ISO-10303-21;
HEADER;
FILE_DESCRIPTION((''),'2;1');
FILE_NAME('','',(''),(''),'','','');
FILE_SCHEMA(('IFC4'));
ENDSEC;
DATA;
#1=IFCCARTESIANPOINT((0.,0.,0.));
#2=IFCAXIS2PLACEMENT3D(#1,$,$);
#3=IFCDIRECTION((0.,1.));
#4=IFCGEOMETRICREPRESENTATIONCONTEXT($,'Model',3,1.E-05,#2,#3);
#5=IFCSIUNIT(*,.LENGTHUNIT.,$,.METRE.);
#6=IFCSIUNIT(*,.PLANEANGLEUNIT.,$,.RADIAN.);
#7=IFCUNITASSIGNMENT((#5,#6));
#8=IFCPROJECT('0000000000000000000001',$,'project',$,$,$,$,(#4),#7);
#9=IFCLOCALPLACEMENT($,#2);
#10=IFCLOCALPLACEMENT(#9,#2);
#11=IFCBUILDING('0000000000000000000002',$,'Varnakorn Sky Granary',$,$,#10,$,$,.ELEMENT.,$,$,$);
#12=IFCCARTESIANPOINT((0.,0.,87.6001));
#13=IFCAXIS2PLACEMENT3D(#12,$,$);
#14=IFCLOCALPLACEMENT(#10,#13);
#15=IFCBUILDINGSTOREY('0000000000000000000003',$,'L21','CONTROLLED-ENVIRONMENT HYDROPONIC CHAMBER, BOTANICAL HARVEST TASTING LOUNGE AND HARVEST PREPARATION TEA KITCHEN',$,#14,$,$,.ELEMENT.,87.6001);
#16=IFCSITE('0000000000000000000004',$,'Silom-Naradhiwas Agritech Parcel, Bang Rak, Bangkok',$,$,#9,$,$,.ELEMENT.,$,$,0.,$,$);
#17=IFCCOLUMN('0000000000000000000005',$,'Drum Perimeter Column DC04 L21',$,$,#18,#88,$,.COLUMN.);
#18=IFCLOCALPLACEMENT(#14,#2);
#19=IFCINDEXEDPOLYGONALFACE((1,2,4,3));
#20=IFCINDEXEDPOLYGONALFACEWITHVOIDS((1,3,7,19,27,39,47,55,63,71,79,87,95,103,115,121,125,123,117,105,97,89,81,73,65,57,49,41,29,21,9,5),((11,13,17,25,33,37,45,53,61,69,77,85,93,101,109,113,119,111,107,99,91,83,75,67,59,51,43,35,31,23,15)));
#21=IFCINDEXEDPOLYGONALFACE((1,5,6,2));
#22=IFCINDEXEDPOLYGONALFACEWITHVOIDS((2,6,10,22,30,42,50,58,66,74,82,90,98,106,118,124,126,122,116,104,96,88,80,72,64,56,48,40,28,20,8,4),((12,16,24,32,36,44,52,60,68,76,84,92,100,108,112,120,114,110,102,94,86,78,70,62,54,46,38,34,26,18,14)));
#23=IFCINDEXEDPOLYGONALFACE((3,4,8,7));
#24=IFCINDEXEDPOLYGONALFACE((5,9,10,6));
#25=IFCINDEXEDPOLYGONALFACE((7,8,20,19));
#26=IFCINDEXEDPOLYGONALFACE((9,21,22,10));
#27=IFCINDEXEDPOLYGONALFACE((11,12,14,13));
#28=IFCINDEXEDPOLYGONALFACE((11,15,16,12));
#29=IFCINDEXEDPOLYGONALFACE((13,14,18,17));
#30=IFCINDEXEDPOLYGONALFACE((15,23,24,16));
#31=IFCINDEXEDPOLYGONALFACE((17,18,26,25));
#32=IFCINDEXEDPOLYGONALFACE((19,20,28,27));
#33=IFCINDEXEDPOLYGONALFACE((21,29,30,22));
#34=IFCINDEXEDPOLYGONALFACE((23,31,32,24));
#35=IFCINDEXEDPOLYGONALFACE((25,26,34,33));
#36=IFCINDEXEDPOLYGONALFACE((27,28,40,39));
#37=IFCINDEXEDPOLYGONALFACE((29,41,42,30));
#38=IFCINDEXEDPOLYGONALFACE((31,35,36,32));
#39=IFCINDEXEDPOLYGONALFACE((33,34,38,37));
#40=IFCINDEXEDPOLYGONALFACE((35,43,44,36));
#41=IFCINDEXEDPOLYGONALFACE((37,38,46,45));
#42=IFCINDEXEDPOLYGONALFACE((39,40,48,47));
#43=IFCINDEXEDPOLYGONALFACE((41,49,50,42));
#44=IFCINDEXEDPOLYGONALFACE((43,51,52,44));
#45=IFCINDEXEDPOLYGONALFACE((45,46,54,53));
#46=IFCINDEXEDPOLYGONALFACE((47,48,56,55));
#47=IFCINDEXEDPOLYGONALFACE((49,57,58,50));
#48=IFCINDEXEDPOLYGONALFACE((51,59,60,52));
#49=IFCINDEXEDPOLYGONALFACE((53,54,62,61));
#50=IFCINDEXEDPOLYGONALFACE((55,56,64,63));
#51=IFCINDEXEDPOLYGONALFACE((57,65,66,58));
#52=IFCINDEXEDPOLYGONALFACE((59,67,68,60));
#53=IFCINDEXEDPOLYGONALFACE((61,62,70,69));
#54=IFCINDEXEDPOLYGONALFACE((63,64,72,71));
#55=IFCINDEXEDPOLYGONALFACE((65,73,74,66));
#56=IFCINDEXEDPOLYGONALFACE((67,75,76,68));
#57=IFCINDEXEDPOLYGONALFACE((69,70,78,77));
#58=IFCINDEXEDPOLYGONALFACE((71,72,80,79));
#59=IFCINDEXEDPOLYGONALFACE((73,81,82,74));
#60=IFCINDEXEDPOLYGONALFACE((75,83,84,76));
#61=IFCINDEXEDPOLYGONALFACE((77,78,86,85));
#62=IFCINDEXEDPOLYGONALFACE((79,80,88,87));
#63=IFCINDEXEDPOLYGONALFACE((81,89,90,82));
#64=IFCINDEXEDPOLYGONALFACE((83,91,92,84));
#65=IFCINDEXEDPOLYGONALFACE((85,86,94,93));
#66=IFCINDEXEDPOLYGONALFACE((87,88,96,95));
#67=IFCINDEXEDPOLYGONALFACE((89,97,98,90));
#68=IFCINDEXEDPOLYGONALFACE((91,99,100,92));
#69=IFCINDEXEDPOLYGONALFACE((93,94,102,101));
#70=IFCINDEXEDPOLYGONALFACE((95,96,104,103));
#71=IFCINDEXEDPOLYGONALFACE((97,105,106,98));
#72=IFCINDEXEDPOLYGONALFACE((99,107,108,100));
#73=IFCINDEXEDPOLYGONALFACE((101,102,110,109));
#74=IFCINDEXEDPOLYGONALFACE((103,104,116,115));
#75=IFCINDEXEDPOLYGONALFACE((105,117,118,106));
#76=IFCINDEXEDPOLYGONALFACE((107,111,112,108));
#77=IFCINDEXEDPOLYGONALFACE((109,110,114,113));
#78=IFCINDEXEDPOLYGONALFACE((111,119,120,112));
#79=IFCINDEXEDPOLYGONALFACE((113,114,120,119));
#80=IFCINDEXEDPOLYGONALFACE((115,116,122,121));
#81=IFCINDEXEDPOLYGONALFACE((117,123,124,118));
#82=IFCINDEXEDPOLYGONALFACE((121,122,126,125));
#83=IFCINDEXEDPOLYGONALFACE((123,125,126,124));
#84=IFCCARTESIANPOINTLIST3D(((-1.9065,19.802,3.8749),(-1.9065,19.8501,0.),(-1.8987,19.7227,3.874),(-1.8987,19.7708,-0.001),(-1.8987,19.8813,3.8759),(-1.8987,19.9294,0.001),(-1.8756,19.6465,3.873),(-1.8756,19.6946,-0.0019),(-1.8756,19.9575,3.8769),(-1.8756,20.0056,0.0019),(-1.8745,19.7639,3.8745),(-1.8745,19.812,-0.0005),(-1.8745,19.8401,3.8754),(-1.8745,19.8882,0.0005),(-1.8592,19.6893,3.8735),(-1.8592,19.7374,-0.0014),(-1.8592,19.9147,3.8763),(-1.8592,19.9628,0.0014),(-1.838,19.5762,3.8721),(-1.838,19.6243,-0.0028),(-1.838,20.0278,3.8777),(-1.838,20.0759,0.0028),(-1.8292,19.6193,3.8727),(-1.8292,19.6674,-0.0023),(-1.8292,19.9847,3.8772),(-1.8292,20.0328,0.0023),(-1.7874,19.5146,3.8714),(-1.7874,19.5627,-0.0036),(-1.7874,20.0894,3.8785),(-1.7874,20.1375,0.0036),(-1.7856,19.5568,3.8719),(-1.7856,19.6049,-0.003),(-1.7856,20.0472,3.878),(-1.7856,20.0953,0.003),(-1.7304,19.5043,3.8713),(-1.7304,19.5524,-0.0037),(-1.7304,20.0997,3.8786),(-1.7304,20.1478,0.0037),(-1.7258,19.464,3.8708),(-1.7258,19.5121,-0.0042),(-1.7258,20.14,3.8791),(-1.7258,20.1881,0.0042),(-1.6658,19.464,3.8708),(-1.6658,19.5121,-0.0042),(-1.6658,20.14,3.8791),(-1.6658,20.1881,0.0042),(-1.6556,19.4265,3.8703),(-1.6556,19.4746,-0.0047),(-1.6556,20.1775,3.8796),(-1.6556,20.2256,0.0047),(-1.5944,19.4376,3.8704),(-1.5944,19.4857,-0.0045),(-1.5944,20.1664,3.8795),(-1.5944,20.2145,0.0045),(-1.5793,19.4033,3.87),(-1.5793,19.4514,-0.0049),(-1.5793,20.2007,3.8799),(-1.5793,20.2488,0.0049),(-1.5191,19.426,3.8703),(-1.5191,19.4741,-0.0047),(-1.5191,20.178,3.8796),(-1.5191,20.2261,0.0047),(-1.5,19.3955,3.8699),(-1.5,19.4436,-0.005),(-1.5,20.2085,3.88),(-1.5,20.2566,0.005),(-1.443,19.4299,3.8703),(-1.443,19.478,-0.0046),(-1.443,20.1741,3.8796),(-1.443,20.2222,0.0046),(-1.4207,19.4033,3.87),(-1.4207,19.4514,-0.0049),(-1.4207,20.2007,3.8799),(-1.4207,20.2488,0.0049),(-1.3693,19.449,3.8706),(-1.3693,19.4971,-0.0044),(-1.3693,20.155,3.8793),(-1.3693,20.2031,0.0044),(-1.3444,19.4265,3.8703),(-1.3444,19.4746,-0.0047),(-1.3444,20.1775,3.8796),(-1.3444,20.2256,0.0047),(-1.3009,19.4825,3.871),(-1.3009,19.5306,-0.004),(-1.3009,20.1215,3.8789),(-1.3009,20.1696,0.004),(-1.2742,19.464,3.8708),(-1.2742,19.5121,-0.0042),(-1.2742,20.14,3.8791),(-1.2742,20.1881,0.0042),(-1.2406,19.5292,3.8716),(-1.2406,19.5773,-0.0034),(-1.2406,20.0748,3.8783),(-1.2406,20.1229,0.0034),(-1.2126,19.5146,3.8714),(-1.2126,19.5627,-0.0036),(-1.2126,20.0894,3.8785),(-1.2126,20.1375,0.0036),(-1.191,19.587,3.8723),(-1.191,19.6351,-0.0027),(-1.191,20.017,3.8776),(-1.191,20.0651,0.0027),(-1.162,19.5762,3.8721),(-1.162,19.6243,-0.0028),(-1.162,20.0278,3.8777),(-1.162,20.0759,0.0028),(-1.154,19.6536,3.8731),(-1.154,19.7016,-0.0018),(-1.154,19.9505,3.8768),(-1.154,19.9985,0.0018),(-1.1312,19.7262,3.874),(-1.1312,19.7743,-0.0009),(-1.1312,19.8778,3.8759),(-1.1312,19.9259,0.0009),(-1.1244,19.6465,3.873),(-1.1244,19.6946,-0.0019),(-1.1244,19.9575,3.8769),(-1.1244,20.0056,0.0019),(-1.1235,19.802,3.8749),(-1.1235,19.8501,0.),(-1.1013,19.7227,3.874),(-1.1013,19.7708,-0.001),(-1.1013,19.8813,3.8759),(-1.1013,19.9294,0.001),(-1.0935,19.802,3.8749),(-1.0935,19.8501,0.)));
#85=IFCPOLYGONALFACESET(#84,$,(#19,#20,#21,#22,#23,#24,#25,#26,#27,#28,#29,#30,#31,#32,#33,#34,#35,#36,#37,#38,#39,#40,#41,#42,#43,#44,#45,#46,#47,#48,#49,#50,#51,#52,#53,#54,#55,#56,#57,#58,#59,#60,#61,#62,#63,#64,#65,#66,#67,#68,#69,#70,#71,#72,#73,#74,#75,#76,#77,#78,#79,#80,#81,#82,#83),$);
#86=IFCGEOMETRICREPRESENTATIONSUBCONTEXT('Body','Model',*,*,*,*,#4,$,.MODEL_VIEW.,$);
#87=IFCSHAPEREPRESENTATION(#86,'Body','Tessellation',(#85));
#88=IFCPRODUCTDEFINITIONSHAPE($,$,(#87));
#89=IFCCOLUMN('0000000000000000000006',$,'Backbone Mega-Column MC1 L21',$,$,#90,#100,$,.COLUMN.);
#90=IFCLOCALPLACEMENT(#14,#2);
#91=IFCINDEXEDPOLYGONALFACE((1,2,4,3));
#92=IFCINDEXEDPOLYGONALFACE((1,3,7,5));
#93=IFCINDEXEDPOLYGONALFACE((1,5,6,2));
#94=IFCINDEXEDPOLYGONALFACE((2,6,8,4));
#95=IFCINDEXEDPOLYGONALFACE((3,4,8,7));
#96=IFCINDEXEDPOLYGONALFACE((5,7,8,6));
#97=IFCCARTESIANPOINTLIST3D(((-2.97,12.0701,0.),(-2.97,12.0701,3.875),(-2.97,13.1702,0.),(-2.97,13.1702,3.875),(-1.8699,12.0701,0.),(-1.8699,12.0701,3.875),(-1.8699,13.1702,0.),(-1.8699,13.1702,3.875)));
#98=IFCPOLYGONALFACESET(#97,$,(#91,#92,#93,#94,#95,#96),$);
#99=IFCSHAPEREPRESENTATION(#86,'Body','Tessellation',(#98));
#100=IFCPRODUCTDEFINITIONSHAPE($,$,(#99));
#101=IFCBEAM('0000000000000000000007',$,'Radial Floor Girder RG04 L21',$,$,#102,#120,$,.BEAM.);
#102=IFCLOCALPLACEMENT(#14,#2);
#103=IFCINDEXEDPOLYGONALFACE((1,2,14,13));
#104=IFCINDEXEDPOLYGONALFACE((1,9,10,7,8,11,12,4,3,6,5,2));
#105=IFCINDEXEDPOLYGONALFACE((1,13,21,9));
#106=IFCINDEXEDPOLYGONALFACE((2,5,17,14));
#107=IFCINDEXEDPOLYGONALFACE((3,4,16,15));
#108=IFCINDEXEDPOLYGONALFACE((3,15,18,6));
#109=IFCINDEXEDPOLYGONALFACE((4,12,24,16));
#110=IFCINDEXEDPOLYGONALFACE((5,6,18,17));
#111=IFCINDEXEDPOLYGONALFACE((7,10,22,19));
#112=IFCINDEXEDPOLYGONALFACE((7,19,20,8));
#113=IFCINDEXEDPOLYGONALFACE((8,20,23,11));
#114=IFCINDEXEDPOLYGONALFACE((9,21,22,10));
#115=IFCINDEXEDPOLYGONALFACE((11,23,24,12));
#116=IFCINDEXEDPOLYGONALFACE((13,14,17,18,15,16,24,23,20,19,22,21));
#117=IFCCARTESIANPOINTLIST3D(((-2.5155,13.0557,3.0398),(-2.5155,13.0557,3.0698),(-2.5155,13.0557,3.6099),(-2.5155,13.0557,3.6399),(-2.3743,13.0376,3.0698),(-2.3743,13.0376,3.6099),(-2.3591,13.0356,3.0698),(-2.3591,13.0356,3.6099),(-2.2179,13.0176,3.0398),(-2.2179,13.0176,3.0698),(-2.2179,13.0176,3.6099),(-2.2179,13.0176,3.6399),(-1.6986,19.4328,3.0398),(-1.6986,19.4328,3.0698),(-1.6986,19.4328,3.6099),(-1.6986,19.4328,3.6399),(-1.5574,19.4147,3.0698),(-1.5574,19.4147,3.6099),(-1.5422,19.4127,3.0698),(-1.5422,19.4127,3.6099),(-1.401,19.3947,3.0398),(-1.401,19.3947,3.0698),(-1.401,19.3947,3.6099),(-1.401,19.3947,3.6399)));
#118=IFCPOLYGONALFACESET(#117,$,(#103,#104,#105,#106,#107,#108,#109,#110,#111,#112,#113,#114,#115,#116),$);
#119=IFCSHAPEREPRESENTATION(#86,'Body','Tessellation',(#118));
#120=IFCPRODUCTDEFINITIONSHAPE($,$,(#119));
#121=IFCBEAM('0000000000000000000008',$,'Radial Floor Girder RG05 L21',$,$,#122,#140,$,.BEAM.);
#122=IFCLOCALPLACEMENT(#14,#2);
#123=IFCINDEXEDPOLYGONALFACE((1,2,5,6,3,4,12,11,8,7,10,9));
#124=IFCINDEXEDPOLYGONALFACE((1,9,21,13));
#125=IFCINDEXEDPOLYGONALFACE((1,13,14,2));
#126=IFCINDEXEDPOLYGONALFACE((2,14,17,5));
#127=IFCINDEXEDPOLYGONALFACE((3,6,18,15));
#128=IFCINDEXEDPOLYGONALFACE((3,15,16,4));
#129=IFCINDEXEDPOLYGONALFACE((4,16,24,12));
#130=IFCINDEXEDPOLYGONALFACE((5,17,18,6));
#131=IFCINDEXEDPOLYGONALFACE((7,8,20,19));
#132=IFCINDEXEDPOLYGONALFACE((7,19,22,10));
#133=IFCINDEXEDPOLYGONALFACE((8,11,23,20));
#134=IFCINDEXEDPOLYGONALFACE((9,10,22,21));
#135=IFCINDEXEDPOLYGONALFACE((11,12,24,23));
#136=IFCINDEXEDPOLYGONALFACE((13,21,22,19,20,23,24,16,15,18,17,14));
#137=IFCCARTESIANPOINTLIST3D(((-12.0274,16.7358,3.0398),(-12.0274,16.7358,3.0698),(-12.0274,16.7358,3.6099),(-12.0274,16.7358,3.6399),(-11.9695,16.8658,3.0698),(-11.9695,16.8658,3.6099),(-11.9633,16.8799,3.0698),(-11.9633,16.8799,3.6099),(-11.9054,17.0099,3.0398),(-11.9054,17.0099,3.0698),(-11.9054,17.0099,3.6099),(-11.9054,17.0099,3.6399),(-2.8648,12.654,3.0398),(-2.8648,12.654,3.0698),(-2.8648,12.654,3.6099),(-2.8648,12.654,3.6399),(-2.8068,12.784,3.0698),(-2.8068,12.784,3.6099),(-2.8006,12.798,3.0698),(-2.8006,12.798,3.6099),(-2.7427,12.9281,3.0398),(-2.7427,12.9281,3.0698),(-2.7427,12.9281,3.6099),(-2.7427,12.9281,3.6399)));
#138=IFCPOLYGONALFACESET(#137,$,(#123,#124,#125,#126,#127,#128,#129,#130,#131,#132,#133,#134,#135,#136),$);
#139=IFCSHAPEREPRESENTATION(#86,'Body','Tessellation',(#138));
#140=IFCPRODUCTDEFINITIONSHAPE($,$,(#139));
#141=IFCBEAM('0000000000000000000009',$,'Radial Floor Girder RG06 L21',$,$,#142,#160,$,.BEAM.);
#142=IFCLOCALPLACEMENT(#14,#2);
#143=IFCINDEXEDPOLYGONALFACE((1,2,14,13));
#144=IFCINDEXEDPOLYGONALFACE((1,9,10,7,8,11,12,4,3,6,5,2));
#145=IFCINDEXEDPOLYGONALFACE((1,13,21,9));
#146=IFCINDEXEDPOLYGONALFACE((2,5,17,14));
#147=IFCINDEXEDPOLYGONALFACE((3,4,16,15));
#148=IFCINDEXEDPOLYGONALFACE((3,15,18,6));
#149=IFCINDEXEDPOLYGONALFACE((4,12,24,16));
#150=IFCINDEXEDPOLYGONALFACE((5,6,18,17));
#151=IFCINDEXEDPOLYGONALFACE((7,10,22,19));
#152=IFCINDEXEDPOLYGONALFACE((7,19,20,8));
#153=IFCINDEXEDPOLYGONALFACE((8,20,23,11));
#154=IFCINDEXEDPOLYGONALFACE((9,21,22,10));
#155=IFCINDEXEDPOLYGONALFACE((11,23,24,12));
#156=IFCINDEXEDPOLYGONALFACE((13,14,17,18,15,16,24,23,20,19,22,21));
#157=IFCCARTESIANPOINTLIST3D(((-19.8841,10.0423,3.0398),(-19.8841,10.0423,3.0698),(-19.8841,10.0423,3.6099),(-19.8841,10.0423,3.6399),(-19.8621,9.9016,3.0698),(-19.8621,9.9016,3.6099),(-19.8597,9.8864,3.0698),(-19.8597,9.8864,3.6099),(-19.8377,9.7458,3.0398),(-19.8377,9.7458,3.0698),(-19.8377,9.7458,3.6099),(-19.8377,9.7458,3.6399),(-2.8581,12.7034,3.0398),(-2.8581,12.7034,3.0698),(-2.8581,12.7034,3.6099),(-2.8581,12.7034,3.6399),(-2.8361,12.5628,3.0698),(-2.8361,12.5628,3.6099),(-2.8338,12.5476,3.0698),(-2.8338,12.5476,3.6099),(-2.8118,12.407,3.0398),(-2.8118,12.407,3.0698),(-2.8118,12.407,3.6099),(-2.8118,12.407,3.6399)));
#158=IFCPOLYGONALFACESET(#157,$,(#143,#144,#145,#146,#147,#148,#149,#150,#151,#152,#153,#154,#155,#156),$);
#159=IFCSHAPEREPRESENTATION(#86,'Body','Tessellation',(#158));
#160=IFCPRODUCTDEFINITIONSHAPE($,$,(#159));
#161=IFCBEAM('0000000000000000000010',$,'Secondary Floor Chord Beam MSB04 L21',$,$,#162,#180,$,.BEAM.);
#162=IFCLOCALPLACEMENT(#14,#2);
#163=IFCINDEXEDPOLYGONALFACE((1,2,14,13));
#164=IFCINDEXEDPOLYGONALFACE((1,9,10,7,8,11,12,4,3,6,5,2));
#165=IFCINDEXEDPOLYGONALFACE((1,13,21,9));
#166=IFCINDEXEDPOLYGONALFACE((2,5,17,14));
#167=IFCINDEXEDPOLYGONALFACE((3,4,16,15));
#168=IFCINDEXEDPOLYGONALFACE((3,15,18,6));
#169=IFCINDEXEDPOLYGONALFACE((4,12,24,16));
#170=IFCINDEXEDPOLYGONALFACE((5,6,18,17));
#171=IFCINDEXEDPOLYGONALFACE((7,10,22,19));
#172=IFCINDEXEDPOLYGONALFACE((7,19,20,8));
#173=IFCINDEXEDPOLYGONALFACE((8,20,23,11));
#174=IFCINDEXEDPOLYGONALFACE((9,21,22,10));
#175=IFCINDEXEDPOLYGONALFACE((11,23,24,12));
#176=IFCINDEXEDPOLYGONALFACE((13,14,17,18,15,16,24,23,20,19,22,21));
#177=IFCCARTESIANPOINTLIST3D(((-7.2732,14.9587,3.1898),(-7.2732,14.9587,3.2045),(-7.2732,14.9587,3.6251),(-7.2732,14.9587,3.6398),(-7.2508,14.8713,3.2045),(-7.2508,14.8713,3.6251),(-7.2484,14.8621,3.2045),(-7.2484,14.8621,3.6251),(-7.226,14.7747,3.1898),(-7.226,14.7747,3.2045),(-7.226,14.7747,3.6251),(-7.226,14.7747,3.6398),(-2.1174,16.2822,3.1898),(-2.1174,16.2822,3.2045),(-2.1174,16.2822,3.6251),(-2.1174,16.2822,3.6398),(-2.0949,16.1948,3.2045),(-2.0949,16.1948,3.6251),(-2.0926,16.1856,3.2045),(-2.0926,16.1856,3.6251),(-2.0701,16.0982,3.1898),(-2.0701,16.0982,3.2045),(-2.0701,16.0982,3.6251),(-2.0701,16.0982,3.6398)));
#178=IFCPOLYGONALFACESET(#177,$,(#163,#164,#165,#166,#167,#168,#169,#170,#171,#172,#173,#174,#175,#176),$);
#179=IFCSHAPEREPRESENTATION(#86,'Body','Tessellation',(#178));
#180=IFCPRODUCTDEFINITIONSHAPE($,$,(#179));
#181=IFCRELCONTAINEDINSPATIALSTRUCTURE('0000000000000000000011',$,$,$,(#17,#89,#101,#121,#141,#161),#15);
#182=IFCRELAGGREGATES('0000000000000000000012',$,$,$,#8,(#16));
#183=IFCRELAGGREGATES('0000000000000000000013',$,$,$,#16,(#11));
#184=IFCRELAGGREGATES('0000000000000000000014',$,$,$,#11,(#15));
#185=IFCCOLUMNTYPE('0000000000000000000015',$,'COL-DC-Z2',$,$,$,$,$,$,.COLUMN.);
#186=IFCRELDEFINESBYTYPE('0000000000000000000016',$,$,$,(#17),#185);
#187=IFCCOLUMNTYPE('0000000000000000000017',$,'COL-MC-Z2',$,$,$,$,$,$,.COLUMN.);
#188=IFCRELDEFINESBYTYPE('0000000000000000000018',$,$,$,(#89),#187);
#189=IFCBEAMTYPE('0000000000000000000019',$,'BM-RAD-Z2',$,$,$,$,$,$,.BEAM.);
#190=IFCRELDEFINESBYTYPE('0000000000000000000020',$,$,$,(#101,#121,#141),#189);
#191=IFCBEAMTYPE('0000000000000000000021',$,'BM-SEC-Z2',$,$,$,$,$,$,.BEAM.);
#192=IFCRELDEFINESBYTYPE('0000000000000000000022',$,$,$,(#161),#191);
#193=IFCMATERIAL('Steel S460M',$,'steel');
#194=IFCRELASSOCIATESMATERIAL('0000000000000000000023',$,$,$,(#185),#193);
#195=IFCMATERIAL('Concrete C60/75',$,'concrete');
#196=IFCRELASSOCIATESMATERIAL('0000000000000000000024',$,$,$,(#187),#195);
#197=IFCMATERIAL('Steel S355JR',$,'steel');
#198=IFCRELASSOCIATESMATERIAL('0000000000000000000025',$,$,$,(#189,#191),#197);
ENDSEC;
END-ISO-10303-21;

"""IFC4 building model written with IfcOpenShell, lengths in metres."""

from ifc_helpers import new_model, si_unit, direction, frame, origin, origin_2d, place, context, subcontext, project, spatial, rectangle, hollow_circle, i_section, extrude, material, material_profile, profile_set, type_object, element, save


model = new_model("IFC4")

# Units and contexts
model_context = context("Model", 3, precision=1e-05, world=origin(), true_north=direction((0.0, 1.0)))
body_context = subcontext(model_context, "Body", "Model", "MODEL_VIEW")
ifc_project = project(units=[si_unit("LENGTHUNIT", "METRE"), si_unit("PLANEANGLEUNIT", "RADIAN")], contexts=[model_context])

# Site, building, storey
site_placement = place(None, origin())
site = spatial("IfcSite", under=ifc_project, at=site_placement, Name="Silom-Naradhiwas Agritech Parcel, Bang Rak, Bangkok", CompositionType="ELEMENT", RefElevation=0.0)
building_placement = place(site_placement, origin())
building = spatial("IfcBuilding", under=site, at=building_placement, Name="Varnakorn Sky Granary", CompositionType="ELEMENT")
storey_placement = place(building_placement, frame((0.0, 0.0, 87.6001)))
storey = spatial("IfcBuildingStorey", under=building, at=storey_placement, Name="L21", Description="CONTROLLED-ENVIRONMENT HYDROPONIC CHAMBER, BOTANICAL HARVEST TASTING LOUNGE AND HARVEST PREPARATION TEA KITCHEN", CompositionType="ELEMENT", Elevation=87.6001)

# Columns
ifc_material_1 = material(Name="Steel S460M", Category="steel")
ifc_material_profile_1 = material_profile(ifc_material_1, hollow_circle(Radius=0.4065, WallThickness=0.03, at=origin_2d()), Name="CHS 813x30")
ifc_profile_set_1 = profile_set([ifc_material_profile_1], Name="Steel S460M")
column_type_1 = type_object("IfcColumnType", Name="COL-DC-Z2", PredefinedType="COLUMN", material=ifc_profile_set_1)
column_1_placement = place(storey_placement, frame((-1.5, 19.8501, 0.0), z_axis=(0.0, -0.012411, 0.999923), x_axis=(1.0, 0.0, 0.0)))
element("IfcColumn", 1, at=column_1_placement, inside=storey, type_object=column_type_1, Name="Drum Perimeter Column DC04 L21", PredefinedType="COLUMN", context=body_context, shape_type="SweptSolid", body=[
    extrude(hollow_circle(Radius=0.4065, WallThickness=0.03, at=origin_2d()), origin(), (0.0, 0.0, 1.0), 3.8752),
])
ifc_material_2 = material(Name="Concrete C60/75", Category="concrete")
ifc_material_profile_2 = material_profile(ifc_material_2, rectangle(XDim=1.1001, YDim=1.1001, at=origin_2d()), Name="RC 1100x1100")
ifc_profile_set_2 = profile_set([ifc_material_profile_2], Name="Concrete C60/75")
column_type_2 = type_object("IfcColumnType", Name="COL-MC-Z2", PredefinedType="COLUMN", material=ifc_profile_set_2)
column_2_placement = place(storey_placement, frame((-2.4199, 12.6201, 0.0), z_axis=(0.0, 0.0, 1.0), x_axis=(1.0, 0.0, 0.0)))
element("IfcColumn", 2, at=column_2_placement, inside=storey, type_object=column_type_2, Name="Backbone Mega-Column MC1 L21", PredefinedType="COLUMN", context=body_context, shape_type="SweptSolid", body=[
    extrude(rectangle(XDim=1.1001, YDim=1.1001, at=origin_2d()), origin(), (0.0, 0.0, 1.0), 3.875),
])

# Beams
ifc_material_3 = material(Name="Steel S355JR", Category="steel")
ifc_material_profile_3 = material_profile(ifc_material_3, i_section(OverallWidth=0.3, OverallDepth=0.6001, WebThickness=0.0154, FlangeThickness=0.03, at=origin_2d()), Name="HE 600 B")
ifc_profile_set_3 = profile_set([ifc_material_profile_3], Name="Steel S355JR")
beam_type_1 = type_object("IfcBeamType", Name="BM-RAD-Z2", PredefinedType="BEAM", material=ifc_profile_set_3)
beam_1_placement = place(storey_placement, frame((-2.3667, 13.0366, 3.3398), z_axis=(0.127058, 0.991895, 0.0), x_axis=(-0.991895, 0.127058, 0.0)))
element("IfcBeam", 3, at=beam_1_placement, inside=storey, type_object=beam_type_1, Name="Radial Floor Girder RG04 L21", PredefinedType="BEAM", context=body_context, shape_type="SweptSolid", body=[
    extrude(i_section(OverallWidth=0.3, OverallDepth=0.6001, WebThickness=0.0154, FlangeThickness=0.03, at=origin_2d()), origin(), (0.0, 0.0, 1.0), 6.4292),
])
beam_2_placement = place(storey_placement, frame((-2.8037, 12.791, 3.3398), z_axis=(-0.913459, 0.406931, 0.0), x_axis=(-0.406931, -0.913459, 0.0)))
element("IfcBeam", 4, at=beam_2_placement, inside=storey, type_object=beam_type_1, Name="Radial Floor Girder RG05 L21", PredefinedType="BEAM", context=body_context, shape_type="SweptSolid", body=[
    extrude(i_section(OverallWidth=0.3, OverallDepth=0.6001, WebThickness=0.0154, FlangeThickness=0.03, at=origin_2d()), origin(), (0.0, 0.0, 1.0), 10.0308),
])
beam_3_placement = place(storey_placement, frame((-2.835, 12.5552, 3.3398), z_axis=(-0.988005, -0.154424, 0.0), x_axis=(0.154424, -0.988005, 0.0)))
element("IfcBeam", 5, at=beam_3_placement, inside=storey, type_object=beam_type_1, Name="Radial Floor Girder RG06 L21", PredefinedType="BEAM", context=body_context, shape_type="SweptSolid", body=[
    extrude(i_section(OverallWidth=0.3, OverallDepth=0.6001, WebThickness=0.0154, FlangeThickness=0.03, at=origin_2d()), origin(), (0.0, 0.0, 1.0), 17.2327),
])
ifc_material_profile_4 = material_profile(ifc_material_3, i_section(OverallWidth=0.1899, OverallDepth=0.45, WebThickness=0.0095, FlangeThickness=0.0146, at=origin_2d()), Name="IPE 450")
ifc_profile_set_4 = profile_set([ifc_material_profile_4], Name="Steel S355JR")
beam_type_2 = type_object("IfcBeamType", Name="BM-SEC-Z2", PredefinedType="BEAM", material=ifc_profile_set_4)
beam_4_placement = place(storey_placement, frame((-2.0938, 16.1902, 3.4148), z_axis=(-0.968596, -0.248639, 0.0), x_axis=(0.248639, -0.968596, 0.0)))
element("IfcBeam", 6, at=beam_4_placement, inside=storey, type_object=beam_type_2, Name="Secondary Floor Chord Beam MSB04 L21", PredefinedType="BEAM", context=body_context, shape_type="SweptSolid", body=[
    extrude(i_section(OverallWidth=0.1899, OverallDepth=0.45, WebThickness=0.0095, FlangeThickness=0.0146, at=origin_2d()), origin(), (0.0, 0.0, 1.0), 5.323),
])

save(model, "model.ifc")
